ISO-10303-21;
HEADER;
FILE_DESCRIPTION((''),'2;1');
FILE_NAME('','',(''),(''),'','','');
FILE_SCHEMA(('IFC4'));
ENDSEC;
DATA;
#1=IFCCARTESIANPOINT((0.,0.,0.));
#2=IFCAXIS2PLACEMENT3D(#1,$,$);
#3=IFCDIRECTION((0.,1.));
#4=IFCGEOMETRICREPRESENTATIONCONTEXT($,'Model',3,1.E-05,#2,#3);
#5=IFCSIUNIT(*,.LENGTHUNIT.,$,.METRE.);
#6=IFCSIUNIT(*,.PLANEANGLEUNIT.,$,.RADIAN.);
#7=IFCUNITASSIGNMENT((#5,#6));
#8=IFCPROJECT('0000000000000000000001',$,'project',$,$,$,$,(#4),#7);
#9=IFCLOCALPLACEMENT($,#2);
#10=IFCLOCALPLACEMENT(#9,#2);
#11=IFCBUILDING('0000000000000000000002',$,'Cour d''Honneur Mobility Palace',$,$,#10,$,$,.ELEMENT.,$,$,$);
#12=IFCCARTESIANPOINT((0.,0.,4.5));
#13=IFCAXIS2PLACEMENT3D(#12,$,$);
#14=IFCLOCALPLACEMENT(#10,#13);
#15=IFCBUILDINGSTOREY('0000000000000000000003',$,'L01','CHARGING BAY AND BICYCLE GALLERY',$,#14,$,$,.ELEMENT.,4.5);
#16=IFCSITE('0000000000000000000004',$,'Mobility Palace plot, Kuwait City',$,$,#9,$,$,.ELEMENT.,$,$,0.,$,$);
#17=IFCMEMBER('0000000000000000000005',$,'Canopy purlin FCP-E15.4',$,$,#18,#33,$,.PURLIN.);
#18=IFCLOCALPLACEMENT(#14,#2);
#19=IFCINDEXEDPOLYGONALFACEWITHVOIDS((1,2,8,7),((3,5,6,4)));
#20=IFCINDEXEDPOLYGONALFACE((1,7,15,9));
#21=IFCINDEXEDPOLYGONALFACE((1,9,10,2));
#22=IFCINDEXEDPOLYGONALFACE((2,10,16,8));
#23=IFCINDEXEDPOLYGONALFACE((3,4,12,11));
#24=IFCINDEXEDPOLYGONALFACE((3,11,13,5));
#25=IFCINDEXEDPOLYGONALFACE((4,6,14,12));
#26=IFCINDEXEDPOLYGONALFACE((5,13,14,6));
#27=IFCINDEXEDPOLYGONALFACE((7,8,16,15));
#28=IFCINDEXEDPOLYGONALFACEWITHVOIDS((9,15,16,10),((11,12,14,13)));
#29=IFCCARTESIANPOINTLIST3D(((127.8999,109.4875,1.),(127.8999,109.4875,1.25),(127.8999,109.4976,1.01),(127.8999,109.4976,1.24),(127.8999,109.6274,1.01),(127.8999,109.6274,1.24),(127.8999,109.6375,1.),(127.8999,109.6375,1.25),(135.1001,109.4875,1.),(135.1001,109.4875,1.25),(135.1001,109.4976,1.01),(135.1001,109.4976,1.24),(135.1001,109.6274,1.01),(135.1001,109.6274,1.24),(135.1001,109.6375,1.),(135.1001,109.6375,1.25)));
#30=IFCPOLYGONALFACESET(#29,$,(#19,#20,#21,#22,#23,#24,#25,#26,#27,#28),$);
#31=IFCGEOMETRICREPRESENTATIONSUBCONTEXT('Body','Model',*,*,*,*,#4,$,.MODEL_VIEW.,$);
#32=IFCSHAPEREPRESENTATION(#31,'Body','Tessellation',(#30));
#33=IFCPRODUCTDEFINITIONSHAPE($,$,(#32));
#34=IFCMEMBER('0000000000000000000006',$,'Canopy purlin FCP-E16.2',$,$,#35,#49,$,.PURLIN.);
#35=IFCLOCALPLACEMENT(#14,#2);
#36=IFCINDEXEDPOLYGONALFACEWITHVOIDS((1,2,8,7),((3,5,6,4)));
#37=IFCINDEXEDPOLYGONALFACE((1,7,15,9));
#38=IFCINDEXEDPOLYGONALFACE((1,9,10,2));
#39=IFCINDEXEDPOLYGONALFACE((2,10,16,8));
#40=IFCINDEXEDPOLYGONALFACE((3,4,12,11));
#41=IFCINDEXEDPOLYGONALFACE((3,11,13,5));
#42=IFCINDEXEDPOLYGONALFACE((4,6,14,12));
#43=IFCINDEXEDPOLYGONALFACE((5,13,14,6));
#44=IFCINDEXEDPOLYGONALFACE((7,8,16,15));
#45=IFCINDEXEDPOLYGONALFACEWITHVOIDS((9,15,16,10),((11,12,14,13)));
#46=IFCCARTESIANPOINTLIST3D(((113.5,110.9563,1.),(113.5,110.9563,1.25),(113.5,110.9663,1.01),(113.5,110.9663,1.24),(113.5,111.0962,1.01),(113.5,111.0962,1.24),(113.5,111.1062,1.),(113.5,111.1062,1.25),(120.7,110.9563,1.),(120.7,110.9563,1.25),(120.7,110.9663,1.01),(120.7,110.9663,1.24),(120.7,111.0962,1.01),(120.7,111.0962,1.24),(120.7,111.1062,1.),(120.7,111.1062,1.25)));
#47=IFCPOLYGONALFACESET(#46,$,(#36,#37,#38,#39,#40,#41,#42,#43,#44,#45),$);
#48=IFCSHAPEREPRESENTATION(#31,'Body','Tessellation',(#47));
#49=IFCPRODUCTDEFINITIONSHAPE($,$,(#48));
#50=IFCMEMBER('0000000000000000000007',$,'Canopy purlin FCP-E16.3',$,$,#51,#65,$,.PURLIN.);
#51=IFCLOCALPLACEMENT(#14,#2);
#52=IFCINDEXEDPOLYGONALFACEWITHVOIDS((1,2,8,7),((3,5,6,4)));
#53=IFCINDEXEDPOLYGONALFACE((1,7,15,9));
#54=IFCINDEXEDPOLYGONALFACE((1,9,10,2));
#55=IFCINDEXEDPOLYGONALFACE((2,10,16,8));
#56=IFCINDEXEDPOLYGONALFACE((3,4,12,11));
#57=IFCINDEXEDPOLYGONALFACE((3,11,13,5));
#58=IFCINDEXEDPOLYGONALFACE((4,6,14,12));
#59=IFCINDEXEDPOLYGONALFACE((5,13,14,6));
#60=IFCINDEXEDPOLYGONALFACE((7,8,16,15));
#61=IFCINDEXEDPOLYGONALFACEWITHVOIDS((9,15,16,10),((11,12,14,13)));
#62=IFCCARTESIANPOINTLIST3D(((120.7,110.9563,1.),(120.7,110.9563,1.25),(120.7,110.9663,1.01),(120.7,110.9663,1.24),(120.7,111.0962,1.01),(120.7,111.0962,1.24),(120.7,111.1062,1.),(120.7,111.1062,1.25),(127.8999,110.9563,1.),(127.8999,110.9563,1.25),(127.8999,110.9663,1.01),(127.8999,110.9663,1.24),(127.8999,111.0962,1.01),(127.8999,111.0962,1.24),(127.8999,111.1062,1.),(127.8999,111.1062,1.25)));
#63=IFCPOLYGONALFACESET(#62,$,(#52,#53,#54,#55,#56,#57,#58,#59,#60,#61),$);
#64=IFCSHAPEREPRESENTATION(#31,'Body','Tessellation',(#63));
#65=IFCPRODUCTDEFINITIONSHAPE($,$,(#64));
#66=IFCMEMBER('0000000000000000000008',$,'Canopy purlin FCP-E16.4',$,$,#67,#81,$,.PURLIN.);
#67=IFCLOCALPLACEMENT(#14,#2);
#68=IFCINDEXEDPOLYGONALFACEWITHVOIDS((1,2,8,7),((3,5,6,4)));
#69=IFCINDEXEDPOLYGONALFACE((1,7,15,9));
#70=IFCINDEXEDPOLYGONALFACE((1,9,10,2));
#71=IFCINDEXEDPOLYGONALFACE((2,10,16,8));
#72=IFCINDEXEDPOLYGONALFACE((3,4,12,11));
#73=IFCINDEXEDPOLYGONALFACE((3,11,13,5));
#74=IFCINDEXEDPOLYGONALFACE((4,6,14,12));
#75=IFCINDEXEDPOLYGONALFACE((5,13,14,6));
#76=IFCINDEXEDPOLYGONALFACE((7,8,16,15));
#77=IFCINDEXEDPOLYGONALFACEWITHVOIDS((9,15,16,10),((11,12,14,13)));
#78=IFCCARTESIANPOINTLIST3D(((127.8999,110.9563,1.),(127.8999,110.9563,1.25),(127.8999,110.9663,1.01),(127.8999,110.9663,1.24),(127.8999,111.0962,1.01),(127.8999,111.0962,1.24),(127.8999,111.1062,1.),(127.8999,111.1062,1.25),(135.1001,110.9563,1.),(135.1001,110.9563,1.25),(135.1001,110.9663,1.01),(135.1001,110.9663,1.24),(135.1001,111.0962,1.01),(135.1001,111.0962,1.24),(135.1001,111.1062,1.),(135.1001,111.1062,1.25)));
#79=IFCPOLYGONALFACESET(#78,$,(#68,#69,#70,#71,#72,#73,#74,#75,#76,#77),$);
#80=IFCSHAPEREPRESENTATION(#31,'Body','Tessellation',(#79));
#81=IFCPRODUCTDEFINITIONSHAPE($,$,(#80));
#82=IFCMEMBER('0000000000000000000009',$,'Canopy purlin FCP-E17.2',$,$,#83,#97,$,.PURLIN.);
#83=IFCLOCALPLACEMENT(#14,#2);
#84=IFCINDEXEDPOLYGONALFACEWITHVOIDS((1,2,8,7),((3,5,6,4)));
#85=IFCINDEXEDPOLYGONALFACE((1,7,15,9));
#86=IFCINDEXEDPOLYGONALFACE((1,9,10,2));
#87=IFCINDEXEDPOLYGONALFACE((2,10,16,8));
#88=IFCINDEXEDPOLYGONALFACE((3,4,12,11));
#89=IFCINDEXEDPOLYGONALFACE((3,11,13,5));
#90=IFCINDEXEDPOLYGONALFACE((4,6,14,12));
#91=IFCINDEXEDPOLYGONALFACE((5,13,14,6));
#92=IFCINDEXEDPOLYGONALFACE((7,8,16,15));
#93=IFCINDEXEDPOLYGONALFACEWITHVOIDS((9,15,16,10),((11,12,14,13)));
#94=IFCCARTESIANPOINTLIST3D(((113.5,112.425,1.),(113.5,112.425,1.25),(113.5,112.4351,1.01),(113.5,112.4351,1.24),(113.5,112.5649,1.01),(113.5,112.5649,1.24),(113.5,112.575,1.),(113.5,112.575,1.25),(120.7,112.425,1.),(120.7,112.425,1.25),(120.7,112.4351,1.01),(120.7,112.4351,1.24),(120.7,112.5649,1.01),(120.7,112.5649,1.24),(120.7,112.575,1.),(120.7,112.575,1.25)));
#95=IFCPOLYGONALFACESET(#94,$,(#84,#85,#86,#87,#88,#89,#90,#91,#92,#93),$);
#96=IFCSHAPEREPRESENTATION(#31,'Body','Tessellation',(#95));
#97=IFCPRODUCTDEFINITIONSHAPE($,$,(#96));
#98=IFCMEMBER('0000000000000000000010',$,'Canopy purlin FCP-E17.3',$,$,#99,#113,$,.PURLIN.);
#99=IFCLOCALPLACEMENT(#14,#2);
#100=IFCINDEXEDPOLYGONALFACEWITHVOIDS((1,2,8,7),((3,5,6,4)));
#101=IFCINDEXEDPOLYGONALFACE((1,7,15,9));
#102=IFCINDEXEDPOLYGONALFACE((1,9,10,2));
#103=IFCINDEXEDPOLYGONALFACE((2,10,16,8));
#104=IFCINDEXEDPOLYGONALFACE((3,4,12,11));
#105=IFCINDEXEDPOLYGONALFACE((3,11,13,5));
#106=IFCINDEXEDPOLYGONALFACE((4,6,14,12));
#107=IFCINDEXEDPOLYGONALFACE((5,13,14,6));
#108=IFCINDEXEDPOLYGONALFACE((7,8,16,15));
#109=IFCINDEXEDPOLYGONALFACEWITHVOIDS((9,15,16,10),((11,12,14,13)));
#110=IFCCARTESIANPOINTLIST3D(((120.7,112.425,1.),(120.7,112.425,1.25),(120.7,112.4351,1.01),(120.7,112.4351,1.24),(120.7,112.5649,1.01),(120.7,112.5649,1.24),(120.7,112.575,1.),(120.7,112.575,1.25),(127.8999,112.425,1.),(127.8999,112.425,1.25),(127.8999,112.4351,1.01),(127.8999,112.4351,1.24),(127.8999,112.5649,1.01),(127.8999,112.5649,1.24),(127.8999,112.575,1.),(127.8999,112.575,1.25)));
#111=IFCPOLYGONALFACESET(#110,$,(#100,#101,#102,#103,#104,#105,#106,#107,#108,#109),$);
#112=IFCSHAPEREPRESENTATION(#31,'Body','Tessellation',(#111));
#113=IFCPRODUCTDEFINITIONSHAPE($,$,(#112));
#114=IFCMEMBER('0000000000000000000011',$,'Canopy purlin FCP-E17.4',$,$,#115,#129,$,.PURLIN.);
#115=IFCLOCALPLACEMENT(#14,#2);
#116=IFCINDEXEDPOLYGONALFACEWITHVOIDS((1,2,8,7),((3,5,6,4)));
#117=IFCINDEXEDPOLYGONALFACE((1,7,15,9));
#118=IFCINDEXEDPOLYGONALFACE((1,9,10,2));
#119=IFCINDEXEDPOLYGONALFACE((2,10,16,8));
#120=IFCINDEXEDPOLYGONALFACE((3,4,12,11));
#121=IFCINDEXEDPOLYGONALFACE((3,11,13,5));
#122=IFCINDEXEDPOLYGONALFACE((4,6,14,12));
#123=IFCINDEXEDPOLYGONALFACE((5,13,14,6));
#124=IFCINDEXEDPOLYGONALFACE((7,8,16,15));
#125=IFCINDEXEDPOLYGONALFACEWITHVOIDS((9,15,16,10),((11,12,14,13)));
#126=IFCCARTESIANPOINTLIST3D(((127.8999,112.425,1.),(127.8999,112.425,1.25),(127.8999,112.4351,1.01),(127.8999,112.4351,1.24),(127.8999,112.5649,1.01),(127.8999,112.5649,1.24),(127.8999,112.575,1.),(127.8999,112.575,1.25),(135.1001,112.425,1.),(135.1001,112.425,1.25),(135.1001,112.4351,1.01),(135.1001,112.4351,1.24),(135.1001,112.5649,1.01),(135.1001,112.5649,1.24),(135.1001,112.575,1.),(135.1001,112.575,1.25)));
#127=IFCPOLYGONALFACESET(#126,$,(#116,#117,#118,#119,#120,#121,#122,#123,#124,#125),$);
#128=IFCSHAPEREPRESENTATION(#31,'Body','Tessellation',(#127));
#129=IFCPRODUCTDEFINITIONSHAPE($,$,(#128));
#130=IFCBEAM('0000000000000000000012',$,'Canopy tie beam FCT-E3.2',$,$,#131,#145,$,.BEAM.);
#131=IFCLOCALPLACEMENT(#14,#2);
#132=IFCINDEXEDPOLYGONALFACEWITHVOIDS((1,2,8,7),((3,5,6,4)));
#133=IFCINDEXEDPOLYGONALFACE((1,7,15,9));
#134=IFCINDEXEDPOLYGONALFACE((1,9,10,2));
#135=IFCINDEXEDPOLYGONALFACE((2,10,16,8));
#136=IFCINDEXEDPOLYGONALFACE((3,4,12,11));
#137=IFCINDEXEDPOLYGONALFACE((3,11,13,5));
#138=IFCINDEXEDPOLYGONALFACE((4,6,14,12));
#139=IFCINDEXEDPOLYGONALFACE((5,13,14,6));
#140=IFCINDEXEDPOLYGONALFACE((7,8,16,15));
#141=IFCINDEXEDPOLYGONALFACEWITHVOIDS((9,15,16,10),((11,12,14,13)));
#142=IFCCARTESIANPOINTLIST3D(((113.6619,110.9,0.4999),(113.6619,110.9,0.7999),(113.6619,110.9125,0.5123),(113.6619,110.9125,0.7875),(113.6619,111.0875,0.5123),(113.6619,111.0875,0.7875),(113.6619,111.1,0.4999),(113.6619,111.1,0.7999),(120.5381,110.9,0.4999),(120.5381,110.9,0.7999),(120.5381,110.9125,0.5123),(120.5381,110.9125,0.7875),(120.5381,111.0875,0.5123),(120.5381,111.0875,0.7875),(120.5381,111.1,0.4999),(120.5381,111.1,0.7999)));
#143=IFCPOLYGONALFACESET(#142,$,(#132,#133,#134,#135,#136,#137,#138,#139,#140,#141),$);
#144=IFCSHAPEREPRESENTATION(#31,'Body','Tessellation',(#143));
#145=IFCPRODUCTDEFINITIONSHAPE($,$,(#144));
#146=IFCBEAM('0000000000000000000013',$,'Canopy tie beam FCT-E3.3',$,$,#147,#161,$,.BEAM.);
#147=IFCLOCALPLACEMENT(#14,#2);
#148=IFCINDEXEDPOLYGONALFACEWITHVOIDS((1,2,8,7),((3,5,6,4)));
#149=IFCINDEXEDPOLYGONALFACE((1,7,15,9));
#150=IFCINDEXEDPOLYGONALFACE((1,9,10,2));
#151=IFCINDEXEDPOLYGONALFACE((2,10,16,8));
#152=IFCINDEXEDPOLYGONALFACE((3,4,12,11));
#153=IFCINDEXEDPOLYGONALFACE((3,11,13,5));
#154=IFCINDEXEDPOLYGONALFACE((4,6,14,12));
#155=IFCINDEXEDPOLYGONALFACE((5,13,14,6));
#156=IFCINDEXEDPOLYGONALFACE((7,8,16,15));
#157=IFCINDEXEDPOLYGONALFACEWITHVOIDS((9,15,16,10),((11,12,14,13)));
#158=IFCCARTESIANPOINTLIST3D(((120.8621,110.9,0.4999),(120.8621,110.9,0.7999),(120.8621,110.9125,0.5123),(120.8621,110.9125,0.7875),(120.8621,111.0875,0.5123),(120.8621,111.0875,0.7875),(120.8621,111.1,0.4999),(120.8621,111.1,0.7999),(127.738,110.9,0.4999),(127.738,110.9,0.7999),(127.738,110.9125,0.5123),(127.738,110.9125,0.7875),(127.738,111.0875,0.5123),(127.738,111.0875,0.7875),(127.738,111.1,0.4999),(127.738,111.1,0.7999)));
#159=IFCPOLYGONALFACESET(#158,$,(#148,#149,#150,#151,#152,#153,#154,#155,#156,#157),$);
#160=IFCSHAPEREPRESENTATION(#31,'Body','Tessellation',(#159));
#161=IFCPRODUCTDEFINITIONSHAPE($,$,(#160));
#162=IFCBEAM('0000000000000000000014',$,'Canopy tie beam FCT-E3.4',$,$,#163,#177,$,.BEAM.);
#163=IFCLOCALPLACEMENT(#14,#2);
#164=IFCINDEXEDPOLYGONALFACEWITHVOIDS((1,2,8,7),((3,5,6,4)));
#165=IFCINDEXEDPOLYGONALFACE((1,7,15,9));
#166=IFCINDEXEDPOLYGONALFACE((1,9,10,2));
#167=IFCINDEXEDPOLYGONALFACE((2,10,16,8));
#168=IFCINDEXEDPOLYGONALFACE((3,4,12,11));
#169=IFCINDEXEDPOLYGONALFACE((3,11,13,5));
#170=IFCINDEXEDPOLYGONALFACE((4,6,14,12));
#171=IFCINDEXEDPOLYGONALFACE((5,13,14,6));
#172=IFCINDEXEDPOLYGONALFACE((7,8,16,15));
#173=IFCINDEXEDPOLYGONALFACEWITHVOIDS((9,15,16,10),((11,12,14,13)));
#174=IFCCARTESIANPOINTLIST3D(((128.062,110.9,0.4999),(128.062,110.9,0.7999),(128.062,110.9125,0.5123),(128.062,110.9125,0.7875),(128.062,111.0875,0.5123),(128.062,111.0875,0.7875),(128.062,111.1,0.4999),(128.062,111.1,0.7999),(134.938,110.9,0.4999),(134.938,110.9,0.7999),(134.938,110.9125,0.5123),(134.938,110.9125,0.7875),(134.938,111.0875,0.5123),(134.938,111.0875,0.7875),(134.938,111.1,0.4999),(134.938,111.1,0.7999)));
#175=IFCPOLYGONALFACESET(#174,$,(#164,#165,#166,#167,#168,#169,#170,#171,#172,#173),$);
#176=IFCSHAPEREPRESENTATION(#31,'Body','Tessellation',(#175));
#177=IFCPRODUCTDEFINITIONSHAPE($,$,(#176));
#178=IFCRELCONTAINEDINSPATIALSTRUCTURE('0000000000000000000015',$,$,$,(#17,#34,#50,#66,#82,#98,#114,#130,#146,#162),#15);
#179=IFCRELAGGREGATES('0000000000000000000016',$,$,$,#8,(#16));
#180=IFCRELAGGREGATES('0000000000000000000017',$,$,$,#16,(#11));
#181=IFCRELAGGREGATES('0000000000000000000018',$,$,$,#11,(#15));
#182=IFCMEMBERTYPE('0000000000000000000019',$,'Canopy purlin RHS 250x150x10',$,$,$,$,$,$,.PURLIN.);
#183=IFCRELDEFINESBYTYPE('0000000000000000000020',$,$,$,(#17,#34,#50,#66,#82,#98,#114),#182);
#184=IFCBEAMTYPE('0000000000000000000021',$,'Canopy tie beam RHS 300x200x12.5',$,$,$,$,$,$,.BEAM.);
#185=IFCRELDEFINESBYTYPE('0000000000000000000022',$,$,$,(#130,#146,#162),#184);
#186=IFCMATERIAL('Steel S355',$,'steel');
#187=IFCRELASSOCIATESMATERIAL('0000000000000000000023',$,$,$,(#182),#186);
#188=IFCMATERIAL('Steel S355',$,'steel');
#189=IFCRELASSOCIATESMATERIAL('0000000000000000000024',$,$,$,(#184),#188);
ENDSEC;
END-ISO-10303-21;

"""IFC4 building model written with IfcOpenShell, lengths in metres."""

from ifc_helpers import new_model, si_unit, direction, frame, origin, origin_2d, place, context, subcontext, project, spatial, hollow_rectangle, extrude, material, material_profile, profile_set, type_object, element, save


model = new_model("IFC4")

# Units and contexts
model_context = context("Model", 3, precision=1e-05, world=origin(), true_north=direction((0.0, 1.0)))
body_context = subcontext(model_context, "Body", "Model", "MODEL_VIEW")
ifc_project = project(units=[si_unit("LENGTHUNIT", "METRE"), si_unit("PLANEANGLEUNIT", "RADIAN")], contexts=[model_context])

# Site, building, storey
site_placement = place(None, origin())
site = spatial("IfcSite", under=ifc_project, at=site_placement, Name="Mobility Palace plot, Kuwait City", CompositionType="ELEMENT", RefElevation=0.0)
building_placement = place(site_placement, origin())
building = spatial("IfcBuilding", under=site, at=building_placement, Name="Cour d'Honneur Mobility Palace", CompositionType="ELEMENT")
storey_placement = place(building_placement, frame((0.0, 0.0, 4.5)))
storey = spatial("IfcBuildingStorey", under=building, at=storey_placement, Name="L01", Description="CHARGING BAY AND BICYCLE GALLERY", CompositionType="ELEMENT", Elevation=4.5)

# Members
ifc_material_1 = material(Name="Steel S355", Category="steel")
ifc_material_profile_1 = material_profile(ifc_material_1, hollow_rectangle(XDim=0.1499, YDim=0.25, WallThickness=0.01, at=origin_2d()), Name="RHS 250x150x10")
ifc_profile_set_1 = profile_set([ifc_material_profile_1], Name="Steel S355")
member_type = type_object("IfcMemberType", Name="Canopy purlin RHS 250x150x10", PredefinedType="PURLIN", material=ifc_profile_set_1)
member_1_placement = place(storey_placement, frame((127.8999, 109.5625, 1.125), z_axis=(1.0, 0.0, 0.0), x_axis=(0.0, 1.0, 0.0)))
element("IfcMember", 1, at=member_1_placement, inside=storey, type_object=member_type, Name="Canopy purlin FCP-E15.4", PredefinedType="PURLIN", context=body_context, shape_type="SweptSolid", body=[
    extrude(hollow_rectangle(XDim=0.1499, YDim=0.25, WallThickness=0.01, at=origin_2d()), origin(), (0.0, 0.0, 1.0), 7.2002),
])
for number, where, z_axis, x_axis, name in (
    (2, (113.5, 111.0312, 1.125), (1.0, 0.0, 0.0), (0.0, 1.0, 0.0), "Canopy purlin FCP-E16.2"),
    (3, (120.7, 111.0312, 1.125), (1.0, 0.0, 0.0), (0.0, 1.0, 0.0), "Canopy purlin FCP-E16.3"),
):
    element("IfcMember", number, at=place(storey_placement, frame(where, z_axis=z_axis, x_axis=x_axis)), inside=storey, type_object=member_type, Name=name, PredefinedType="PURLIN", context=body_context, shape_type="SweptSolid", body=[
        extrude(hollow_rectangle(XDim=0.1499, YDim=0.25, WallThickness=0.01, at=origin_2d()), origin(), (0.0, 0.0, 1.0), 7.2),
    ])
member_2_placement = place(storey_placement, frame((127.8999, 111.0312, 1.125), z_axis=(1.0, 0.0, 0.0), x_axis=(0.0, 1.0, 0.0)))
element("IfcMember", 4, at=member_2_placement, inside=storey, type_object=member_type, Name="Canopy purlin FCP-E16.4", PredefinedType="PURLIN", context=body_context, shape_type="SweptSolid", body=[
    extrude(hollow_rectangle(XDim=0.1499, YDim=0.25, WallThickness=0.01, at=origin_2d()), origin(), (0.0, 0.0, 1.0), 7.2002),
])
for number, where, z_axis, x_axis, name in (
    (5, (113.5, 112.5, 1.125), (1.0, 0.0, 0.0), (0.0, 1.0, 0.0), "Canopy purlin FCP-E17.2"),
    (6, (120.7, 112.5, 1.125), (1.0, 0.0, 0.0), (0.0, 1.0, 0.0), "Canopy purlin FCP-E17.3"),
):
    element("IfcMember", number, at=place(storey_placement, frame(where, z_axis=z_axis, x_axis=x_axis)), inside=storey, type_object=member_type, Name=name, PredefinedType="PURLIN", context=body_context, shape_type="SweptSolid", body=[
        extrude(hollow_rectangle(XDim=0.1499, YDim=0.25, WallThickness=0.01, at=origin_2d()), origin(), (0.0, 0.0, 1.0), 7.2),
    ])
member_3_placement = place(storey_placement, frame((127.8999, 112.5, 1.125), z_axis=(1.0, 0.0, 0.0), x_axis=(0.0, 1.0, 0.0)))
element("IfcMember", 7, at=member_3_placement, inside=storey, type_object=member_type, Name="Canopy purlin FCP-E17.4", PredefinedType="PURLIN", context=body_context, shape_type="SweptSolid", body=[
    extrude(hollow_rectangle(XDim=0.1499, YDim=0.25, WallThickness=0.01, at=origin_2d()), origin(), (0.0, 0.0, 1.0), 7.2002),
])

# Beams
ifc_material_2 = material(Name="Steel S355", Category="steel")
ifc_material_profile_2 = material_profile(ifc_material_2, hollow_rectangle(XDim=0.2, YDim=0.3, WallThickness=0.0125, at=origin_2d()), Name="RHS 300x200x12.5")
ifc_profile_set_2 = profile_set([ifc_material_profile_2], Name="Steel S355")
beam_type = type_object("IfcBeamType", Name="Canopy tie beam RHS 300x200x12.5", PredefinedType="BEAM", material=ifc_profile_set_2)
beam_placement = place(storey_placement, frame((113.6619, 111.0, 0.6499), z_axis=(1.0, 0.0, 0.0), x_axis=(0.0, 1.0, 0.0)))
element("IfcBeam", 8, at=beam_placement, inside=storey, type_object=beam_type, Name="Canopy tie beam FCT-E3.2", PredefinedType="BEAM", context=body_context, shape_type="SweptSolid", body=[
    extrude(hollow_rectangle(XDim=0.2, YDim=0.3, WallThickness=0.0125, at=origin_2d()), origin(), (0.0, 0.0, 1.0), 6.8762),
])
for number, where, z_axis, x_axis, name in (
    (9, (120.8621, 111.0, 0.6499), (1.0, 0.0, 0.0), (0.0, 1.0, 0.0), "Canopy tie beam FCT-E3.3"),
    (10, (128.062, 111.0, 0.6499), (1.0, 0.0, 0.0), (0.0, 1.0, 0.0), "Canopy tie beam FCT-E3.4"),
):
    element("IfcBeam", number, at=place(storey_placement, frame(where, z_axis=z_axis, x_axis=x_axis)), inside=storey, type_object=beam_type, Name=name, PredefinedType="BEAM", context=body_context, shape_type="SweptSolid", body=[
        extrude(hollow_rectangle(XDim=0.2, YDim=0.3, WallThickness=0.0125, at=origin_2d()), origin(), (0.0, 0.0, 1.0), 6.876),
    ])

save(model, "model.ifc")
